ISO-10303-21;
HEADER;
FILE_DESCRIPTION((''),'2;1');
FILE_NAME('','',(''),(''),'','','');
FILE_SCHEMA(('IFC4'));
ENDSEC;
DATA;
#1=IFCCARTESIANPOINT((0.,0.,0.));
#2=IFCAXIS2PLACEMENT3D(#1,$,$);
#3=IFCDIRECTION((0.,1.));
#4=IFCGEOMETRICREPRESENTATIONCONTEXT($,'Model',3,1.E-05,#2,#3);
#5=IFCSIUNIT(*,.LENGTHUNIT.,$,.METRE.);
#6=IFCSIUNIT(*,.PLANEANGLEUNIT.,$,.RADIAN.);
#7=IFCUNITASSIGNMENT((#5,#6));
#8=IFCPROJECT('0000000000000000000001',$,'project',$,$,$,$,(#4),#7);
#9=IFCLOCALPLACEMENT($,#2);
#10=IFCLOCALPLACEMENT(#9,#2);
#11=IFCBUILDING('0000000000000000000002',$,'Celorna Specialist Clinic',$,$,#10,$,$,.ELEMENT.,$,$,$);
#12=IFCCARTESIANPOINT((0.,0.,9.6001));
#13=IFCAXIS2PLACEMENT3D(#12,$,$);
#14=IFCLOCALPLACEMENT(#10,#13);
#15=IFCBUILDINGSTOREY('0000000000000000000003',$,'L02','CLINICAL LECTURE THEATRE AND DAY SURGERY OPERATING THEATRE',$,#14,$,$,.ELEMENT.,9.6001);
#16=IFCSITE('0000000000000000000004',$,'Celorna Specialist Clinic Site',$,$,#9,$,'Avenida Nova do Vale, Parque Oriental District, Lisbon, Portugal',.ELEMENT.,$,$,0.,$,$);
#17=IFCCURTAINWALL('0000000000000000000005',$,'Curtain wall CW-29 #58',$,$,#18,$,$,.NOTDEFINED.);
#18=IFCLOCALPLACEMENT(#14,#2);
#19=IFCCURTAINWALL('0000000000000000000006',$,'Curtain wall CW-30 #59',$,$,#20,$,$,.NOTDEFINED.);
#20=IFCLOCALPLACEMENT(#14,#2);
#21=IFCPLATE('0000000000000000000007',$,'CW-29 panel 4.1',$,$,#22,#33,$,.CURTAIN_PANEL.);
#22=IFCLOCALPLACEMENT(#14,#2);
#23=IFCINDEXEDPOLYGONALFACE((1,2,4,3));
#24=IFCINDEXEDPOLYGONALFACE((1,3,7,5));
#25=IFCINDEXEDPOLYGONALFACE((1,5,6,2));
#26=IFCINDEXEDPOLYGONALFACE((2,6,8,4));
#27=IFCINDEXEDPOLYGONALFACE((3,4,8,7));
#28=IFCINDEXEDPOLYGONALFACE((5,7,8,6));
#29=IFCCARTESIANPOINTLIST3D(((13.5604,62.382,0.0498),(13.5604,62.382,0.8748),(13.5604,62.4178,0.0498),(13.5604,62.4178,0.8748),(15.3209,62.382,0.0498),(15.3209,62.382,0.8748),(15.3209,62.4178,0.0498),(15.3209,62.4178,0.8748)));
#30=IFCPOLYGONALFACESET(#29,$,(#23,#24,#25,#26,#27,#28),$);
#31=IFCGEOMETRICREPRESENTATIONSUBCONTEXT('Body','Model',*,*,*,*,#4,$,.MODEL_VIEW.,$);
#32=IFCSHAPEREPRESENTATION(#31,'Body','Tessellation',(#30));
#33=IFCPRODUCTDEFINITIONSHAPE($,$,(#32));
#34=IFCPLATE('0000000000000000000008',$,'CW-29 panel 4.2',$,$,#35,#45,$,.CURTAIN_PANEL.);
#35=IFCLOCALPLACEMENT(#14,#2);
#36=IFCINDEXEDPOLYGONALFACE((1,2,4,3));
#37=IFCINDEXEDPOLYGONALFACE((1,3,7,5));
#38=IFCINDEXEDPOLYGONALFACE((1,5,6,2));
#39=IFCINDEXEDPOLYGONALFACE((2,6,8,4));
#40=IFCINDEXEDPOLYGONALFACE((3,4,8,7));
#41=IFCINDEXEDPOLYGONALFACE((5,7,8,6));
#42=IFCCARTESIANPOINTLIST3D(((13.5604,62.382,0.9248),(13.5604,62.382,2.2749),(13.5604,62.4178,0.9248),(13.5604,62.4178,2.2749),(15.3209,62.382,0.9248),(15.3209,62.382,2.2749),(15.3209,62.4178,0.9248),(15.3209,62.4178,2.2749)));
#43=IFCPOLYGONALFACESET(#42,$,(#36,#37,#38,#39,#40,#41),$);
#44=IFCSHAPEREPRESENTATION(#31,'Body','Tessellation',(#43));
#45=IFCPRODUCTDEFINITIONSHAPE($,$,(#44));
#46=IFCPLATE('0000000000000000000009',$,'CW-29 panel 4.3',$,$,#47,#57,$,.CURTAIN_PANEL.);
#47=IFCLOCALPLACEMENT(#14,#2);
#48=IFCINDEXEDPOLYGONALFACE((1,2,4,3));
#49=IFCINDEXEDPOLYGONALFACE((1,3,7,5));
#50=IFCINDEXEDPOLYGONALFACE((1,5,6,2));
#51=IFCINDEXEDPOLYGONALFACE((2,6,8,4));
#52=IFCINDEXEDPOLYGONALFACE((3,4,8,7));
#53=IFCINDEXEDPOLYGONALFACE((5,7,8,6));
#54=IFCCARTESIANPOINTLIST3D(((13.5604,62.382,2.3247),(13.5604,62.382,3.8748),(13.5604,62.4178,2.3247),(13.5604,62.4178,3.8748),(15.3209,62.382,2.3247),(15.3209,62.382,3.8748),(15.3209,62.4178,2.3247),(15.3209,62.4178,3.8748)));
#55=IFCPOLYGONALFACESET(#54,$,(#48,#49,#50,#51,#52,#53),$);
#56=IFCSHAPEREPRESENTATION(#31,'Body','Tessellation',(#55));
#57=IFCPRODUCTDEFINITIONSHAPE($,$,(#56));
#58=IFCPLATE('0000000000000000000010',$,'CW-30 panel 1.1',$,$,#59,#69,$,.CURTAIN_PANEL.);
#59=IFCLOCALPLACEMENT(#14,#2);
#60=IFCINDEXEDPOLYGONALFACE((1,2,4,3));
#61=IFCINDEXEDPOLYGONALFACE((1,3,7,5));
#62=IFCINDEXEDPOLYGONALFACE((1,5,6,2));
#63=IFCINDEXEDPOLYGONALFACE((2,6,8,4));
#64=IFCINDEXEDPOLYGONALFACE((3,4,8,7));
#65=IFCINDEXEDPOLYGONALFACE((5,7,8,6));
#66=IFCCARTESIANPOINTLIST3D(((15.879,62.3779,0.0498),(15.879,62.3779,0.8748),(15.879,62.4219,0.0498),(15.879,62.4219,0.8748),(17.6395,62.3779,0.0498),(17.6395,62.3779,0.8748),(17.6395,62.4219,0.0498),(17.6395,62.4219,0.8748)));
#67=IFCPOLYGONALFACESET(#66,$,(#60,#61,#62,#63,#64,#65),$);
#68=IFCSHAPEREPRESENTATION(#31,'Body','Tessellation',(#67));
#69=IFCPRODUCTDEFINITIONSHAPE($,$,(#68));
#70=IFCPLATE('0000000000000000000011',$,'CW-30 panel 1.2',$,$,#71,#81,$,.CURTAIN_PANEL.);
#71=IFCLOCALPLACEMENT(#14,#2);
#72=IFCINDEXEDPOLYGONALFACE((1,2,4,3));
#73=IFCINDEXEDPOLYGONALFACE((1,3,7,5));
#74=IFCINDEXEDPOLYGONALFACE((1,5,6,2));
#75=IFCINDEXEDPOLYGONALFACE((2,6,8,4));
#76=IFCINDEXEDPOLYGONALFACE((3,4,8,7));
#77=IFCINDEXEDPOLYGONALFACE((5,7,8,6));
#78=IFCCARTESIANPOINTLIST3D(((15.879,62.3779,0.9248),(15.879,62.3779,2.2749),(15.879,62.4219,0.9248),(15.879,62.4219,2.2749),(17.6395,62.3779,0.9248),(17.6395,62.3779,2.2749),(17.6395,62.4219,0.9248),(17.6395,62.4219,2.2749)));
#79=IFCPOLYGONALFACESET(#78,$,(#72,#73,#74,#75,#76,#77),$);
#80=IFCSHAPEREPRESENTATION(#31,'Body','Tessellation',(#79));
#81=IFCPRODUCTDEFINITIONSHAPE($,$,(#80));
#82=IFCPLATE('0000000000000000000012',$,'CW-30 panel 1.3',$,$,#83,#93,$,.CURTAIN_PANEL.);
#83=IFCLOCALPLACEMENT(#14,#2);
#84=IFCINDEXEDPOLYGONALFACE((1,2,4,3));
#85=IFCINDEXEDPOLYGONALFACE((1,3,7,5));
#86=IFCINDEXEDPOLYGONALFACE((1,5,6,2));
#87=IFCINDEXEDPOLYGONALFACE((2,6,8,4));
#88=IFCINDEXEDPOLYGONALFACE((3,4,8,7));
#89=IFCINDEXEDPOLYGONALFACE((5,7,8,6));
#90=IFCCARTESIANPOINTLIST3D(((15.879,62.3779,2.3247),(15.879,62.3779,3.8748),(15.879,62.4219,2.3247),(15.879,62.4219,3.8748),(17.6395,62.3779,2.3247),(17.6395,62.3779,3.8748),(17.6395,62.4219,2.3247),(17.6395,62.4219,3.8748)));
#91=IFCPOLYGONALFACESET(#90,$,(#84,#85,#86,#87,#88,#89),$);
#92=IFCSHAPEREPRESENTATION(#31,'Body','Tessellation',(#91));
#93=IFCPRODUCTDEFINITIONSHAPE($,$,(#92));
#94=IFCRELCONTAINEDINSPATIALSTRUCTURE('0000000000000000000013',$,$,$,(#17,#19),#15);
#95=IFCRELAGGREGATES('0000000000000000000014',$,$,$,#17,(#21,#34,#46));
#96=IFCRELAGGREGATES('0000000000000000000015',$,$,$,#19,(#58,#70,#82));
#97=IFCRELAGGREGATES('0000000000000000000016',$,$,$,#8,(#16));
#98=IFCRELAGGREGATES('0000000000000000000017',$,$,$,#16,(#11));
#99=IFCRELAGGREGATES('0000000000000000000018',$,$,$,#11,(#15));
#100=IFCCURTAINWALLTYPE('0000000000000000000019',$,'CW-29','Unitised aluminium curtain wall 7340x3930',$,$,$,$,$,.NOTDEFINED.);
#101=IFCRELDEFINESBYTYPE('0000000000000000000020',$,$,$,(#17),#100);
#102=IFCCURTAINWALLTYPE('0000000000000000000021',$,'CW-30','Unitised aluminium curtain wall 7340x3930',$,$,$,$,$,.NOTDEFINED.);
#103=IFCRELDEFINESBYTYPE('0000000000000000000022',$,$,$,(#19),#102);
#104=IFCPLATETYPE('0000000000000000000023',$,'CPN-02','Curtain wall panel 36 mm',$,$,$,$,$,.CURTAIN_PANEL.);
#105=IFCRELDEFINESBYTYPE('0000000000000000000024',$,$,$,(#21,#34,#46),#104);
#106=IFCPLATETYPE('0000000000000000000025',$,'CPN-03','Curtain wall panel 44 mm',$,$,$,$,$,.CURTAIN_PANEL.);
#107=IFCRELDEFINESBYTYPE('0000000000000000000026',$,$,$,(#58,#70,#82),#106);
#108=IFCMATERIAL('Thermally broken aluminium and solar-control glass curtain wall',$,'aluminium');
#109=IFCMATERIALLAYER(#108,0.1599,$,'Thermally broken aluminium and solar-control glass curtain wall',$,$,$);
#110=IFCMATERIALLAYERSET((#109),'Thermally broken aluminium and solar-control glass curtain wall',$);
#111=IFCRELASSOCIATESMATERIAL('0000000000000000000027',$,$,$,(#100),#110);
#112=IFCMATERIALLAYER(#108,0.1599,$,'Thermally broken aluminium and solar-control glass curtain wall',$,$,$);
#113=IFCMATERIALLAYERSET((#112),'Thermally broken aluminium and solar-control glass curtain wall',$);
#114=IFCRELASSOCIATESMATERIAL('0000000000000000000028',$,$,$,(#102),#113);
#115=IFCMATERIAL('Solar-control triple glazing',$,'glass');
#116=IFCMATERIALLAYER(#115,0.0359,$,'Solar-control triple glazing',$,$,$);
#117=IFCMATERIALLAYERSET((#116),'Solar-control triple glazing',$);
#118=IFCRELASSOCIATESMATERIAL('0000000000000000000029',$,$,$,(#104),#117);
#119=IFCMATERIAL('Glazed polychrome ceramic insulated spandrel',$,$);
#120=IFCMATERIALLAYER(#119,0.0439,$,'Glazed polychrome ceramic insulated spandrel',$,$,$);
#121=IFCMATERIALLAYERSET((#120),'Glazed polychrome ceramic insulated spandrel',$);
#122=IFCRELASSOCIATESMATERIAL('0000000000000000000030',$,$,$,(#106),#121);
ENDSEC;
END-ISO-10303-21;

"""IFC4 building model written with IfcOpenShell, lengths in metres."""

from ifc_helpers import new_model, si_unit, direction, frame, origin, origin_2d, place, context, subcontext, project, spatial, rectangle, extrude, material, layer, layer_set, type_object, element, aggregate, save


model = new_model("IFC4")

# Units and contexts
model_context = context("Model", 3, precision=1e-05, world=origin(), true_north=direction((0.0, 1.0)))
body_context = subcontext(model_context, "Body", "Model", "MODEL_VIEW")
ifc_project = project(units=[si_unit("LENGTHUNIT", "METRE"), si_unit("PLANEANGLEUNIT", "RADIAN")], contexts=[model_context])

# Site, building, storey
site_placement = place(None, origin())
site = spatial("IfcSite", under=ifc_project, at=site_placement, Name="Celorna Specialist Clinic Site", LongName="Avenida Nova do Vale, Parque Oriental District, Lisbon, Portugal", CompositionType="ELEMENT", RefElevation=0.0)
building_placement = place(site_placement, origin())
building = spatial("IfcBuilding", under=site, at=building_placement, Name="Celorna Specialist Clinic", CompositionType="ELEMENT")
storey_placement = place(building_placement, frame((0.0, 0.0, 9.6001)))
storey = spatial("IfcBuildingStorey", under=building, at=storey_placement, Name="L02", Description="CLINICAL LECTURE THEATRE AND DAY SURGERY OPERATING THEATRE", CompositionType="ELEMENT", Elevation=9.6001)

# Curtain walls
ifc_material_1 = material(Name="Thermally broken aluminium and solar-control glass curtain wall", Category="aluminium")
ifc_layer_1 = layer(ifc_material_1, 0.1599, Name="Thermally broken aluminium and solar-control glass curtain wall")
ifc_layer_set_1 = layer_set([ifc_layer_1], Name="Thermally broken aluminium and solar-control glass curtain wall")
curtain_wall_type_1 = type_object("IfcCurtainWallType", Name="CW-29", Description="Unitised aluminium curtain wall 7340x3930", PredefinedType="NOTDEFINED", material=ifc_layer_set_1)
curtain_wall_1_placement = place(storey_placement, origin())
curtain_wall_1 = element("IfcCurtainWall", 1, at=curtain_wall_1_placement, inside=storey, type_object=curtain_wall_type_1, Name="Curtain wall CW-29 #58", PredefinedType="NOTDEFINED")
ifc_layer_2 = layer(ifc_material_1, 0.1599, Name="Thermally broken aluminium and solar-control glass curtain wall")
ifc_layer_set_2 = layer_set([ifc_layer_2], Name="Thermally broken aluminium and solar-control glass curtain wall")
curtain_wall_type_2 = type_object("IfcCurtainWallType", Name="CW-30", Description="Unitised aluminium curtain wall 7340x3930", PredefinedType="NOTDEFINED", material=ifc_layer_set_2)
curtain_wall_2_placement = place(storey_placement, origin())
curtain_wall_2 = element("IfcCurtainWall", 2, at=curtain_wall_2_placement, inside=storey, type_object=curtain_wall_type_2, Name="Curtain wall CW-30 #59", PredefinedType="NOTDEFINED")

# Plates
ifc_material_2 = material(Name="Solar-control triple glazing", Category="glass")
ifc_layer_3 = layer(ifc_material_2, 0.0359, Name="Solar-control triple glazing")
ifc_layer_set_3 = layer_set([ifc_layer_3], Name="Solar-control triple glazing")
plate_type_1 = type_object("IfcPlateType", Name="CPN-02", Description="Curtain wall panel 36 mm", PredefinedType="CURTAIN_PANEL", material=ifc_layer_set_3)
plate_1_placement = place(storey_placement, frame((14.4407, 62.3999, 0.0498), z_axis=(0.0, 0.0, 1.0), x_axis=(1.0, 0.0, 0.0)))
plate_1 = element("IfcPlate", 3, at=plate_1_placement, type_object=plate_type_1, Name="CW-29 panel 4.1", PredefinedType="CURTAIN_PANEL", context=body_context, shape_type="SweptSolid", body=[
    extrude(rectangle(XDim=1.7605, YDim=0.0359, at=origin_2d()), origin(), (0.0, 0.0, 1.0), 0.825),
])
plate_2_placement = place(storey_placement, frame((14.4407, 62.3999, 0.9248), z_axis=(0.0, 0.0, 1.0), x_axis=(1.0, 0.0, 0.0)))
plate_2 = element("IfcPlate", 4, at=plate_2_placement, type_object=plate_type_1, Name="CW-29 panel 4.2", PredefinedType="CURTAIN_PANEL", context=body_context, shape_type="SweptSolid", body=[
    extrude(rectangle(XDim=1.7605, YDim=0.0359, at=origin_2d()), origin(), (0.0, 0.0, 1.0), 1.3501),
])
plate_3_placement = place(storey_placement, frame((14.4407, 62.3999, 2.3247), z_axis=(0.0, 0.0, 1.0), x_axis=(1.0, 0.0, 0.0)))
plate_3 = element("IfcPlate", 5, at=plate_3_placement, type_object=plate_type_1, Name="CW-29 panel 4.3", PredefinedType="CURTAIN_PANEL", context=body_context, shape_type="SweptSolid", body=[
    extrude(rectangle(XDim=1.7605, YDim=0.0359, at=origin_2d()), origin(), (0.0, 0.0, 1.0), 1.55),
])
aggregate(curtain_wall_1, [plate_1, plate_2, plate_3])
ifc_material_3 = material(Name="Glazed polychrome ceramic insulated spandrel")
ifc_layer_4 = layer(ifc_material_3, 0.0439, Name="Glazed polychrome ceramic insulated spandrel")
ifc_layer_set_4 = layer_set([ifc_layer_4], Name="Glazed polychrome ceramic insulated spandrel")
plate_type_2 = type_object("IfcPlateType", Name="CPN-03", Description="Curtain wall panel 44 mm", PredefinedType="CURTAIN_PANEL", material=ifc_layer_set_4)
plate_4_placement = place(storey_placement, frame((16.7593, 62.3999, 0.0498), z_axis=(0.0, 0.0, 1.0), x_axis=(1.0, 0.0, 0.0)))
plate_4 = element("IfcPlate", 6, at=plate_4_placement, type_object=plate_type_2, Name="CW-30 panel 1.1", PredefinedType="CURTAIN_PANEL", context=body_context, shape_type="SweptSolid", body=[
    extrude(rectangle(XDim=1.7605, YDim=0.0439, at=origin_2d()), origin(), (0.0, 0.0, 1.0), 0.825),
])
plate_5_placement = place(storey_placement, frame((16.7593, 62.3999, 0.9248), z_axis=(0.0, 0.0, 1.0), x_axis=(1.0, 0.0, 0.0)))
plate_5 = element("IfcPlate", 7, at=plate_5_placement, type_object=plate_type_2, Name="CW-30 panel 1.2", PredefinedType="CURTAIN_PANEL", context=body_context, shape_type="SweptSolid", body=[
    extrude(rectangle(XDim=1.7605, YDim=0.0439, at=origin_2d()), origin(), (0.0, 0.0, 1.0), 1.3501),
])
plate_6_placement = place(storey_placement, frame((16.7593, 62.3999, 2.3247), z_axis=(0.0, 0.0, 1.0), x_axis=(1.0, 0.0, 0.0)))
plate_6 = element("IfcPlate", 8, at=plate_6_placement, type_object=plate_type_2, Name="CW-30 panel 1.3", PredefinedType="CURTAIN_PANEL", context=body_context, shape_type="SweptSolid", body=[
    extrude(rectangle(XDim=1.7605, YDim=0.0439, at=origin_2d()), origin(), (0.0, 0.0, 1.0), 1.55),
])
aggregate(curtain_wall_2, [plate_4, plate_5, plate_6])

save(model, "model.ifc")
